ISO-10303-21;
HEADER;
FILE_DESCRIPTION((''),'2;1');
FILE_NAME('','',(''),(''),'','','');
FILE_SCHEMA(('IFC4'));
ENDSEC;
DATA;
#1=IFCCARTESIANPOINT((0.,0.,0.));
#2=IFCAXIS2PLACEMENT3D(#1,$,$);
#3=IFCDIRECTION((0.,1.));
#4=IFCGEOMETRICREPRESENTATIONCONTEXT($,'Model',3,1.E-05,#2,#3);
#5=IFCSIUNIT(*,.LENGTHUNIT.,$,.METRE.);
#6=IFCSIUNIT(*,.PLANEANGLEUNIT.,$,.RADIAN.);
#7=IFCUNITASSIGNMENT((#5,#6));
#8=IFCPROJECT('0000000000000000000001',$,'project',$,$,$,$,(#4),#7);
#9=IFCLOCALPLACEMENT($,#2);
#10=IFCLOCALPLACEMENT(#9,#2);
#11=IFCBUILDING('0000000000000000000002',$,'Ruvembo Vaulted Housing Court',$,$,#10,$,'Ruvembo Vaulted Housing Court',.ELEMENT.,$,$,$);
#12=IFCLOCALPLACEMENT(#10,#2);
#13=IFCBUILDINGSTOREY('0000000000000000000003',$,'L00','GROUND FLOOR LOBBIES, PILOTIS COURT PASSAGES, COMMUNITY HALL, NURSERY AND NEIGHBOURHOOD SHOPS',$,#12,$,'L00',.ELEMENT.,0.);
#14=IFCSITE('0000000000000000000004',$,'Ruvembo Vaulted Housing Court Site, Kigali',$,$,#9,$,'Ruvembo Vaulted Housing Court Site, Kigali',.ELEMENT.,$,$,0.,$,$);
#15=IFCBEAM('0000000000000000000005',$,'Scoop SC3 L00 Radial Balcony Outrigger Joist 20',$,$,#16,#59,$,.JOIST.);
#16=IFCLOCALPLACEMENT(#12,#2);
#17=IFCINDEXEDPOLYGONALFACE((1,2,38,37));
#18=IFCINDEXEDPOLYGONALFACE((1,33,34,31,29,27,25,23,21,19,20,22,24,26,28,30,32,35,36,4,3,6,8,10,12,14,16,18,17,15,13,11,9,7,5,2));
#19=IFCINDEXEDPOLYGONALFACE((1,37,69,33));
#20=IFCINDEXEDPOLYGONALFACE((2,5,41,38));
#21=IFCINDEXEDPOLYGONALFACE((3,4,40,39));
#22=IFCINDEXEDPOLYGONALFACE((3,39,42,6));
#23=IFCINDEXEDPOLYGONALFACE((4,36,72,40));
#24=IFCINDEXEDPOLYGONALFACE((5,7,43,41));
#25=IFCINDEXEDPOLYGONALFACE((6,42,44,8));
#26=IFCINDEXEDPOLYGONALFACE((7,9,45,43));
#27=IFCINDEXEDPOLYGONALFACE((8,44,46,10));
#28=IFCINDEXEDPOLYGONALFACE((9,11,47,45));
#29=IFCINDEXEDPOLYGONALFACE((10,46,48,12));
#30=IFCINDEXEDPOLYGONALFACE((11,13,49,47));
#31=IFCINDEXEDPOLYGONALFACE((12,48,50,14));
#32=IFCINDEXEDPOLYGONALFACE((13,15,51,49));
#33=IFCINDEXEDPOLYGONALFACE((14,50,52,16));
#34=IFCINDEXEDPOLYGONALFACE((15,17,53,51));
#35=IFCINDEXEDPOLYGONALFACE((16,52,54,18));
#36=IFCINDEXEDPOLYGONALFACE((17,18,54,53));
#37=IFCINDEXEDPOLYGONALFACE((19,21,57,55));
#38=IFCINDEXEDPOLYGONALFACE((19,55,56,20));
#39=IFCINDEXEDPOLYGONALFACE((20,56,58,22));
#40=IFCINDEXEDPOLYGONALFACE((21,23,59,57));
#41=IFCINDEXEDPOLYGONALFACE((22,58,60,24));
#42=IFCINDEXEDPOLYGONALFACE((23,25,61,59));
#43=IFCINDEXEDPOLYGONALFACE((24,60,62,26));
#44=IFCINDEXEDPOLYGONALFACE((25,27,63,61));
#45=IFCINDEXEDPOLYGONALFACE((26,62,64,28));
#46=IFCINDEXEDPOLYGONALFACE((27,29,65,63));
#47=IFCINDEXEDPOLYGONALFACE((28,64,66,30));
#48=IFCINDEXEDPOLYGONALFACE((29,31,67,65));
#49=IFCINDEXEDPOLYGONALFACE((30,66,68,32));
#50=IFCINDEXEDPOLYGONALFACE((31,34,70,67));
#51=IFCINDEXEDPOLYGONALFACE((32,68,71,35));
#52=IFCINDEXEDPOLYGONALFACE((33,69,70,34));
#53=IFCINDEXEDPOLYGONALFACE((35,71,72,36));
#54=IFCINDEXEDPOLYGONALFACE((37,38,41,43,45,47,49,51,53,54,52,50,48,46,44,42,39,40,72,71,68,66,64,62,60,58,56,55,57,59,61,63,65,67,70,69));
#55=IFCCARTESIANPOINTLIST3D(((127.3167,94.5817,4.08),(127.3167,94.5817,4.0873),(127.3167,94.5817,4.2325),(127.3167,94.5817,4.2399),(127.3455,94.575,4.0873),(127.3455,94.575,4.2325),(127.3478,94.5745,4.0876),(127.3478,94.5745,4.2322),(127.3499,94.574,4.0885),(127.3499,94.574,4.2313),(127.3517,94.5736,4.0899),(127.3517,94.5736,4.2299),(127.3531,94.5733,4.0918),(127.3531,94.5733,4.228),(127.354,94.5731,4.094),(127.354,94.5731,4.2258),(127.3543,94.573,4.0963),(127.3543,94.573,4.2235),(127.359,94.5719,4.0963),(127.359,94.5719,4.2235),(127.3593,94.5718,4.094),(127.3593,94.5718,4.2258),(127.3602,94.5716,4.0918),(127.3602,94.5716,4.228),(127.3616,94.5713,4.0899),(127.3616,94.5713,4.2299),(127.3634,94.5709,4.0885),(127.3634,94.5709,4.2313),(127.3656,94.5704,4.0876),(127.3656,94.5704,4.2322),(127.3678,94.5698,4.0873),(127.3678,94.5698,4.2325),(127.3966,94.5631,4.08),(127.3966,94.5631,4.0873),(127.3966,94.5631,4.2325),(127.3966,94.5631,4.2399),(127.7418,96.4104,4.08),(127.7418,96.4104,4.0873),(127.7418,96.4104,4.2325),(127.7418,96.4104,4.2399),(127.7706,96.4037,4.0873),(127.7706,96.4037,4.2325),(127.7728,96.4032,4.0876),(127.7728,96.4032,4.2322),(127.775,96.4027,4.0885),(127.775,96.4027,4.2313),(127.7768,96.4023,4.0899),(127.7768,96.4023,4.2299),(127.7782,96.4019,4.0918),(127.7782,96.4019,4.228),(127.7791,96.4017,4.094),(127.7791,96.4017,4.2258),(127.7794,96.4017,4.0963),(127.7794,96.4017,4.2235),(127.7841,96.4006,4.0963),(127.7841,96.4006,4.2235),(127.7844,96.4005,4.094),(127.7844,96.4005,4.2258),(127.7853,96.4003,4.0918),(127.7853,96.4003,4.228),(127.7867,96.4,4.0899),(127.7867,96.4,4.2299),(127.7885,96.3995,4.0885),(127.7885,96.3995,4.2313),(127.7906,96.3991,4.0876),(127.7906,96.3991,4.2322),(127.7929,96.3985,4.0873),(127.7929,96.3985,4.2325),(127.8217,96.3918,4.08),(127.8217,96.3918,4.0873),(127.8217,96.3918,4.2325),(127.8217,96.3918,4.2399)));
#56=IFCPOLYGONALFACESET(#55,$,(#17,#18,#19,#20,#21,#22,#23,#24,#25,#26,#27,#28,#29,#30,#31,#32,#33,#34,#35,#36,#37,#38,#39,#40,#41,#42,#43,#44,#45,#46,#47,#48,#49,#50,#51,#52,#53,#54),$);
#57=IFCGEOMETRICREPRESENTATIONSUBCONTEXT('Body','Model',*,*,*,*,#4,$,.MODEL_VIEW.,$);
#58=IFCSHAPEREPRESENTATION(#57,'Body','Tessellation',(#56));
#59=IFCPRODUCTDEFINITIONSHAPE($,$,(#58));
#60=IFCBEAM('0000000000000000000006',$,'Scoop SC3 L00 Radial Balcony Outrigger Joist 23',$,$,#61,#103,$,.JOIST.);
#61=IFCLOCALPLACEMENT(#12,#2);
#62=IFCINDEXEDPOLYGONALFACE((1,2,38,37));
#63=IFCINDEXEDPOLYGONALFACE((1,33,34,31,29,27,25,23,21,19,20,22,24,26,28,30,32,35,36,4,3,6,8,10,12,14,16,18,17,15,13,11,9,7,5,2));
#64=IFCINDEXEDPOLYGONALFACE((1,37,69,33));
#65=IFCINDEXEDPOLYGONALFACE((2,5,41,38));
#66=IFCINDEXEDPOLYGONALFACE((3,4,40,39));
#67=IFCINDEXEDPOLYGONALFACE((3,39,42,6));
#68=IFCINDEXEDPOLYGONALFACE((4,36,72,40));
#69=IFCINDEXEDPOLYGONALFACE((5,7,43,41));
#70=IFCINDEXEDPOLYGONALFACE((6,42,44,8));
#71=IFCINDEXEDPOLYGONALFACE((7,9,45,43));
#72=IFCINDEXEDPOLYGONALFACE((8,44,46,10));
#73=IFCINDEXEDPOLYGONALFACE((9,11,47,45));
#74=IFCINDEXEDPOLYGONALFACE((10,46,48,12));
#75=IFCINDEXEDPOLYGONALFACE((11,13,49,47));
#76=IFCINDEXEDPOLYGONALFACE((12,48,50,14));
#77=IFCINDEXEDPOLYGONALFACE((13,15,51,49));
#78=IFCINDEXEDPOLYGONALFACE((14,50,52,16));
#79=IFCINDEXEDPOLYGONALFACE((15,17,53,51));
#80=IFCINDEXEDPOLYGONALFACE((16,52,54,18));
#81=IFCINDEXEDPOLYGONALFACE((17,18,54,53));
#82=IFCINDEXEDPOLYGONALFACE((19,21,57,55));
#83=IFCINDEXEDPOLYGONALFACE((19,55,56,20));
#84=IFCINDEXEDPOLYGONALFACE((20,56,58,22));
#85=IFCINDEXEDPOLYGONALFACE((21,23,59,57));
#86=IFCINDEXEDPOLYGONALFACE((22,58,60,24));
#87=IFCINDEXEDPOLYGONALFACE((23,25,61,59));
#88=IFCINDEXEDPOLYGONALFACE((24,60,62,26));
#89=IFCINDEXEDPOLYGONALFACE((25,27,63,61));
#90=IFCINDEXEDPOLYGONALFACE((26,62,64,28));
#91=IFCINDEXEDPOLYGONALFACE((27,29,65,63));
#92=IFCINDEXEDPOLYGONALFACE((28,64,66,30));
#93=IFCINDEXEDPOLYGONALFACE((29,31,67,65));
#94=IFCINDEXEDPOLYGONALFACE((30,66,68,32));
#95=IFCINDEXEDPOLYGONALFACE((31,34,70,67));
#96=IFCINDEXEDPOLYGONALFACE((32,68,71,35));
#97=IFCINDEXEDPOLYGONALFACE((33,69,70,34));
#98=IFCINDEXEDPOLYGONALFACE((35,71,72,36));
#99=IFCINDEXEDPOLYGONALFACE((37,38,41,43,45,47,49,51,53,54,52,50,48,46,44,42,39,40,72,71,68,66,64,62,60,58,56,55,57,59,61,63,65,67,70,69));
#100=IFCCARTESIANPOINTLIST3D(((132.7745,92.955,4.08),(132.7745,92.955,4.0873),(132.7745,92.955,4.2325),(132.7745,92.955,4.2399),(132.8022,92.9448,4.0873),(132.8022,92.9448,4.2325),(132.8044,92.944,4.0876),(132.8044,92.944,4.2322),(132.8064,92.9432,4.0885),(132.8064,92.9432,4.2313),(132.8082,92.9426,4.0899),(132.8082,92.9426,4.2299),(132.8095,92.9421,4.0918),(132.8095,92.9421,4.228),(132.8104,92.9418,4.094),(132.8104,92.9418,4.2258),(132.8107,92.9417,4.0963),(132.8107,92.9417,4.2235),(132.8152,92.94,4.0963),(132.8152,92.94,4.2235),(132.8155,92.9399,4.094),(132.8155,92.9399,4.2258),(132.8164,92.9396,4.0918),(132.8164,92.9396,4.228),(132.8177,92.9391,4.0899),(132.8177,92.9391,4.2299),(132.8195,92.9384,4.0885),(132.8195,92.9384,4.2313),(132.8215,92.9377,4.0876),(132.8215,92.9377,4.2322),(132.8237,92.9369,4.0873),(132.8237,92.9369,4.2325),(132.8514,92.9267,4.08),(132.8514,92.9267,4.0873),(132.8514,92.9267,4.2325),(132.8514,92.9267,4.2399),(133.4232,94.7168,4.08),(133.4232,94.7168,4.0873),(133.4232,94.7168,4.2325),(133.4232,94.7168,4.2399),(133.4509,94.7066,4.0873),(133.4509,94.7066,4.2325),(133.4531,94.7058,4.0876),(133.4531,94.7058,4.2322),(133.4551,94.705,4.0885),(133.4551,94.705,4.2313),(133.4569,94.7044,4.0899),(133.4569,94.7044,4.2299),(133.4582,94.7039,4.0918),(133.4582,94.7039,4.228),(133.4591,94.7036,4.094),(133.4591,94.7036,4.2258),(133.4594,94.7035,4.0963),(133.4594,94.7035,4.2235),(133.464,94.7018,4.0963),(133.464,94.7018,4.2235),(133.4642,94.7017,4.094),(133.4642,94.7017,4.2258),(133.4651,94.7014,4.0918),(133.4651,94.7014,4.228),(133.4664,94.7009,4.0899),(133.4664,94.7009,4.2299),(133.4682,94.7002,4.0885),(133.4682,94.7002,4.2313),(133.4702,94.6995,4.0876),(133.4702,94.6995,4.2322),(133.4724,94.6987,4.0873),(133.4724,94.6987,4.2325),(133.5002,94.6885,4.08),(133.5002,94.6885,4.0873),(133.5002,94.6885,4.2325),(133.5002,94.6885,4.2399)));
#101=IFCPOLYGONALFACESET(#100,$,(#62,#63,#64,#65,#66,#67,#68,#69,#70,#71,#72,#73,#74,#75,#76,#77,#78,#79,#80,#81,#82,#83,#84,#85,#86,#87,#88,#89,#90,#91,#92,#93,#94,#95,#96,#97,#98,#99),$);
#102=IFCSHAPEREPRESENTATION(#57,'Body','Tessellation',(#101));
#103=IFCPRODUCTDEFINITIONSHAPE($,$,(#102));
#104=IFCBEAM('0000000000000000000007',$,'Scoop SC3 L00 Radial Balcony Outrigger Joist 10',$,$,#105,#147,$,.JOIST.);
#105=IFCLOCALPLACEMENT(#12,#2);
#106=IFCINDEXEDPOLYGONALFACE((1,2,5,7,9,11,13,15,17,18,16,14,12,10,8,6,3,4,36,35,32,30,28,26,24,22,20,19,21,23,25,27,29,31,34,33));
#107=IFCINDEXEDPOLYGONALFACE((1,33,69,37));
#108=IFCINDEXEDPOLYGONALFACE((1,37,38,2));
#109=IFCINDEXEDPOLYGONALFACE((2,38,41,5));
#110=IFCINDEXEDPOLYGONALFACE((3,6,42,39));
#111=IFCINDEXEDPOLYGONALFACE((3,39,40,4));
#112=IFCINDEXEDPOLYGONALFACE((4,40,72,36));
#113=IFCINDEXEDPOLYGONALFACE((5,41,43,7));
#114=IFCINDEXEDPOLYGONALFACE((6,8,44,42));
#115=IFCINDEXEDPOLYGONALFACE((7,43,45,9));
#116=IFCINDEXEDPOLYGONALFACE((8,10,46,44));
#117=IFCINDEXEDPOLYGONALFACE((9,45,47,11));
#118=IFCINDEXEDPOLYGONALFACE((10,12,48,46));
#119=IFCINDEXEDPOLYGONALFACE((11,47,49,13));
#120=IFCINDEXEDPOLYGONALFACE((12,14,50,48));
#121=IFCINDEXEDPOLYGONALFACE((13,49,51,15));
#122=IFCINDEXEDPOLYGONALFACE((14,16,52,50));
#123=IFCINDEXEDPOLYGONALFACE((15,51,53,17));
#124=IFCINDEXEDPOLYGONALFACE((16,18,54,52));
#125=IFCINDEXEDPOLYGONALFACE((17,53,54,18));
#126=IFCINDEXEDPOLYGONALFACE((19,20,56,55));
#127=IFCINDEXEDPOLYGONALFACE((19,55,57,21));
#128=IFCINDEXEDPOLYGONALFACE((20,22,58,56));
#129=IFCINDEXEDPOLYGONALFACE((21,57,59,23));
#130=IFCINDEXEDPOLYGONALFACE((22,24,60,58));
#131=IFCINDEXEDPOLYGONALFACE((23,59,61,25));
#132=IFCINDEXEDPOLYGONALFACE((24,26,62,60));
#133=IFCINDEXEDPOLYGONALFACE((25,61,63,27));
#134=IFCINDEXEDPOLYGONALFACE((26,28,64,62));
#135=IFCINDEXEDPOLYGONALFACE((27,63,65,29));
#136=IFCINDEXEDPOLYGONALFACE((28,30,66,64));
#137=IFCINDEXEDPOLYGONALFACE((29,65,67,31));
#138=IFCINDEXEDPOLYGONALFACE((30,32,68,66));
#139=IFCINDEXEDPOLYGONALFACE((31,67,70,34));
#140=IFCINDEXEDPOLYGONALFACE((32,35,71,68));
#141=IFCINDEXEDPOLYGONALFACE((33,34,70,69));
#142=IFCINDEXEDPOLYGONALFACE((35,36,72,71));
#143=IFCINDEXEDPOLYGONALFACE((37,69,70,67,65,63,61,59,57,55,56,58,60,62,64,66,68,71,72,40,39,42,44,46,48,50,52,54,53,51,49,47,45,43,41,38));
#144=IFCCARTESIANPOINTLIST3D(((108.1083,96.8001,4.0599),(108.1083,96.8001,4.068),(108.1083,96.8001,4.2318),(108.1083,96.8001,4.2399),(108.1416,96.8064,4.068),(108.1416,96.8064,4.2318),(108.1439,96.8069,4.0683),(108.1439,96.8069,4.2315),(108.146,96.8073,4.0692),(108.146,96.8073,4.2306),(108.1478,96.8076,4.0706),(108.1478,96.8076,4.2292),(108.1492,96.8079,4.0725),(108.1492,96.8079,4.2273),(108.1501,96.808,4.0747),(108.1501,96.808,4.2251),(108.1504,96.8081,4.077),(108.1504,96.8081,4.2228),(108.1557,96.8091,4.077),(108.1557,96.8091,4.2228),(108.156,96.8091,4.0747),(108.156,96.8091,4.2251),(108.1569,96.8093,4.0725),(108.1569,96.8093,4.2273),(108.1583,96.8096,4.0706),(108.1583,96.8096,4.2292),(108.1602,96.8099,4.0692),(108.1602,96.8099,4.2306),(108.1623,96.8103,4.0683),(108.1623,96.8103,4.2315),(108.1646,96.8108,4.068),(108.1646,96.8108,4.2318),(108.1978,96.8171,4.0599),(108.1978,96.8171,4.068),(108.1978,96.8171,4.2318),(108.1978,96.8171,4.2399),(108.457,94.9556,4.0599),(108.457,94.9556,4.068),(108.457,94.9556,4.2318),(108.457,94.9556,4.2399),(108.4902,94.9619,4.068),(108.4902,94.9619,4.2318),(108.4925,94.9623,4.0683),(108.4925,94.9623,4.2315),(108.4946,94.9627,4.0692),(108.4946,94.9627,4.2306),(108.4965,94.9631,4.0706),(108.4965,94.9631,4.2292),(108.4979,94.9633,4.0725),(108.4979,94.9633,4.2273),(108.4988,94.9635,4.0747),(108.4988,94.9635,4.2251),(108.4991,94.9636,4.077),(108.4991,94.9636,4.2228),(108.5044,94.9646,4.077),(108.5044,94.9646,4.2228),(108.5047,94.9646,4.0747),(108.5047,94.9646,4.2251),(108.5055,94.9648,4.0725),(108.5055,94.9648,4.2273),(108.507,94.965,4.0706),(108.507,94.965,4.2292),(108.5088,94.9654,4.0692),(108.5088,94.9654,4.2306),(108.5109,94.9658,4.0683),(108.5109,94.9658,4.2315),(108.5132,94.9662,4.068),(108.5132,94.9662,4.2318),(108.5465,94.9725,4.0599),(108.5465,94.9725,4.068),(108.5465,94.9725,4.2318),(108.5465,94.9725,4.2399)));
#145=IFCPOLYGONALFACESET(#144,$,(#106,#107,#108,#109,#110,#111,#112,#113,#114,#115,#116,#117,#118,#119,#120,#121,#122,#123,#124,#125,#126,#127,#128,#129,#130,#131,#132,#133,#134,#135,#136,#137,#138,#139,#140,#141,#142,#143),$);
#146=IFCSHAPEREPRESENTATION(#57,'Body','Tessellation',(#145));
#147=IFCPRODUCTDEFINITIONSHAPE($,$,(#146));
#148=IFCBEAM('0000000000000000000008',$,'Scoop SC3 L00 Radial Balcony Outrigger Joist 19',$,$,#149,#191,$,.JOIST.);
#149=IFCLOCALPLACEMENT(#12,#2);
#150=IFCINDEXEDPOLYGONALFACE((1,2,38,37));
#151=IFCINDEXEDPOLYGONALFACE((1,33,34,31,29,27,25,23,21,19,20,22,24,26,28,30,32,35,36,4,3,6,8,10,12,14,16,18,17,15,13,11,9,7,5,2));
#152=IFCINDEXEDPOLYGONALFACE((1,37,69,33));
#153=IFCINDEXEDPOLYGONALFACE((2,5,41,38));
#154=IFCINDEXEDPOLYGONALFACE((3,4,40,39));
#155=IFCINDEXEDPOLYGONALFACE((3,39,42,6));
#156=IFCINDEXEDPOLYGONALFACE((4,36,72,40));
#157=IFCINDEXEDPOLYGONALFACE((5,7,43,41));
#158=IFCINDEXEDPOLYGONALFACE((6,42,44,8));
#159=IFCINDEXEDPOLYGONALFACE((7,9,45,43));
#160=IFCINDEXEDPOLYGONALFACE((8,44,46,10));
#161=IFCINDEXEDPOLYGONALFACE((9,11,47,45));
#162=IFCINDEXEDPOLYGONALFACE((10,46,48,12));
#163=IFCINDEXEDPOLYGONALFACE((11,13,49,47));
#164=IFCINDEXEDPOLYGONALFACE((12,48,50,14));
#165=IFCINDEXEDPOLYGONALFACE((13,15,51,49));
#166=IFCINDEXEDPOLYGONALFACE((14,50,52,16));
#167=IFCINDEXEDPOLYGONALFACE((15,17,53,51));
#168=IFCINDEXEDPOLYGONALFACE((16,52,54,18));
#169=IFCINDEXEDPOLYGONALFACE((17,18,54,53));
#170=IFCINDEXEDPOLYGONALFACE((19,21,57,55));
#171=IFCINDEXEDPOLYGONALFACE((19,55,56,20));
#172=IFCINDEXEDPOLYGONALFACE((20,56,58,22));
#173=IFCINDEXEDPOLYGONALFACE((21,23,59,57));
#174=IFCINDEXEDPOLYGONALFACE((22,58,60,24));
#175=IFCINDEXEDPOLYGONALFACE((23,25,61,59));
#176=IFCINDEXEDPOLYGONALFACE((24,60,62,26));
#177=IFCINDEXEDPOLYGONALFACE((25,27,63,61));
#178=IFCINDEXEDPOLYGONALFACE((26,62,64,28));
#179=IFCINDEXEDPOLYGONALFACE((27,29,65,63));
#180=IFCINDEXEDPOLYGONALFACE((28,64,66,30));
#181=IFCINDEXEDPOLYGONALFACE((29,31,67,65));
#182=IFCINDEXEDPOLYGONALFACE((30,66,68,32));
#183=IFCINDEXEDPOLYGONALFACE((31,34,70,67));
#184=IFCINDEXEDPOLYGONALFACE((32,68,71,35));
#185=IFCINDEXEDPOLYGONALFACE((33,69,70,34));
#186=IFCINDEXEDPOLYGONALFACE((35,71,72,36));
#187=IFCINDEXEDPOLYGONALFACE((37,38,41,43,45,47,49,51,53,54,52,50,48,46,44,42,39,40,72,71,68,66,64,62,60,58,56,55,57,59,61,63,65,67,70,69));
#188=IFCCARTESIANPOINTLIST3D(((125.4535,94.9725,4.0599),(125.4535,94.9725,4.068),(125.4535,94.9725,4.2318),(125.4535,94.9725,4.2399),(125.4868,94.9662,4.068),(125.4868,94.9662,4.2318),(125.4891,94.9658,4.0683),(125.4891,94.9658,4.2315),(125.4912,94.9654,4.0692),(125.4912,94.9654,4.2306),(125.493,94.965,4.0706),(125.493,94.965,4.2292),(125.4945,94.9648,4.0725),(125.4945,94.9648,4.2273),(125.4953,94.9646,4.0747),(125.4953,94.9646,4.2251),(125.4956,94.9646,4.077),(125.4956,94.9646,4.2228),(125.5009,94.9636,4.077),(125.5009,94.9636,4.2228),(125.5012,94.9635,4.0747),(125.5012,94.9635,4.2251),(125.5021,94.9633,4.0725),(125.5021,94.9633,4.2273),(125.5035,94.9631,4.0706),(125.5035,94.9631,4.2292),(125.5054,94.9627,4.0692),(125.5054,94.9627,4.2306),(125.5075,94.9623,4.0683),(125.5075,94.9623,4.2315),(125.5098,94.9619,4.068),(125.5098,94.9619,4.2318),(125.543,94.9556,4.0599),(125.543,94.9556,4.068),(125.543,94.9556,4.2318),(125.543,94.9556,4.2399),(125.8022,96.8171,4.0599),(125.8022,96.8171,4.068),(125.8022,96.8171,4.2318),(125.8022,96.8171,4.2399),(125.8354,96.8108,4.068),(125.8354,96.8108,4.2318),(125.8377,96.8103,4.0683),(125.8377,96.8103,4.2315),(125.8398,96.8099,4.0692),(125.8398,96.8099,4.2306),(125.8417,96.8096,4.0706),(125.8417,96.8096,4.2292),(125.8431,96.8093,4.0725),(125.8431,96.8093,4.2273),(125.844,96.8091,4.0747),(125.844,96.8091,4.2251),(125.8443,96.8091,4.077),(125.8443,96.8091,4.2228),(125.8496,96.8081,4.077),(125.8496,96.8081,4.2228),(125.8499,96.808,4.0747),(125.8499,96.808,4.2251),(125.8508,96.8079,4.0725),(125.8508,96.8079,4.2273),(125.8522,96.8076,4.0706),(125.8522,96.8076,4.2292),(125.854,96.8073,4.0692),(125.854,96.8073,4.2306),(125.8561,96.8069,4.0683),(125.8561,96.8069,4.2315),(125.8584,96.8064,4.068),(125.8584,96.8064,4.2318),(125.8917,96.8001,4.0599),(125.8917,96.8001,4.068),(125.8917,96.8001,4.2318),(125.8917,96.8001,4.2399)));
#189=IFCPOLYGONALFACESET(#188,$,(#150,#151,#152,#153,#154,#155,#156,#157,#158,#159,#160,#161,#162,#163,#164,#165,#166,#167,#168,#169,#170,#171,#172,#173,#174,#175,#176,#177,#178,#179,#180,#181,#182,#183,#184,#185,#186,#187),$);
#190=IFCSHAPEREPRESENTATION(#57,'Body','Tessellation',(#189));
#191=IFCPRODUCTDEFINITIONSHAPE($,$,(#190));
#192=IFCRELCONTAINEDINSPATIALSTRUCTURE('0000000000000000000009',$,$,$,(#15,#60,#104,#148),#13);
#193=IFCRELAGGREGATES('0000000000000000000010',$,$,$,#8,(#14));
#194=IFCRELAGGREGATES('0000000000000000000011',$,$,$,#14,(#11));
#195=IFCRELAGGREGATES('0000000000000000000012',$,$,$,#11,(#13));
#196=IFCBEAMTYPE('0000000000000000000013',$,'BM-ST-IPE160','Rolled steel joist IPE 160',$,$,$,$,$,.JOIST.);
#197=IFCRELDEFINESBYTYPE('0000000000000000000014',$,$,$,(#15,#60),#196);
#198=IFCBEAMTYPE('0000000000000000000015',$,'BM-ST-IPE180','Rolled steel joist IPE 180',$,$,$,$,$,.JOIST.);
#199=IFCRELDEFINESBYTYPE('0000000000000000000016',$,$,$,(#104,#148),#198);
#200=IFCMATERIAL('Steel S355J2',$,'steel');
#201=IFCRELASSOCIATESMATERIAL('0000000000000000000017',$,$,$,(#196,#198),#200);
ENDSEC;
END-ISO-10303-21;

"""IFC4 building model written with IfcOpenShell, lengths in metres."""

from ifc_helpers import new_model, si_unit, direction, frame, origin, origin_2d, place, context, subcontext, project, spatial, i_section, extrude, material, material_profile, profile_set, type_object, element, save


model = new_model("IFC4")

# Units and contexts
model_context = context("Model", 3, precision=1e-05, world=origin(), true_north=direction((0.0, 1.0)))
body_context = subcontext(model_context, "Body", "Model", "MODEL_VIEW")
ifc_project = project(units=[si_unit("LENGTHUNIT", "METRE"), si_unit("PLANEANGLEUNIT", "RADIAN")], contexts=[model_context])

# Site, building, storey
site_placement = place(None, origin())
site = spatial("IfcSite", under=ifc_project, at=site_placement, Name="Ruvembo Vaulted Housing Court Site, Kigali", LongName="Ruvembo Vaulted Housing Court Site, Kigali", CompositionType="ELEMENT", RefElevation=0.0)
building_placement = place(site_placement, origin())
building = spatial("IfcBuilding", under=site, at=building_placement, Name="Ruvembo Vaulted Housing Court", LongName="Ruvembo Vaulted Housing Court", CompositionType="ELEMENT")
storey_placement = place(building_placement, origin())
storey = spatial("IfcBuildingStorey", under=building, at=storey_placement, Name="L00", Description="GROUND FLOOR LOBBIES, PILOTIS COURT PASSAGES, COMMUNITY HALL, NURSERY AND NEIGHBOURHOOD SHOPS", LongName="L00", CompositionType="ELEMENT", Elevation=0.0)

# Beams
ifc_material_1 = material(Name="Steel S355J2", Category="steel")
ifc_material_profile_1 = material_profile(ifc_material_1, i_section(OverallWidth=0.082, OverallDepth=0.1599, WebThickness=0.0049, FlangeThickness=0.0073, FilletRadius=0.009, at=origin_2d()), Name="IPE 160")
ifc_profile_set_1 = profile_set([ifc_material_profile_1], Name="Steel S355J2")
beam_type_1 = type_object("IfcBeamType", Name="BM-ST-IPE160", Description="Rolled steel joist IPE 160", PredefinedType="JOIST", material=ifc_profile_set_1)
for number, where, z_axis, x_axis, name in (
    (1, (127.7817, 96.4011, 4.1599), (-0.226407, -0.974033, 0.0), (0.974033, -0.226407, 0.0), "Scoop SC3 L00 Radial Balcony Outrigger Joist 20"),
    (2, (133.4617, 94.7026, 4.1599), (-0.345531, -0.938407, 0.0), (0.938407, -0.345531, 0.0), "Scoop SC3 L00 Radial Balcony Outrigger Joist 23"),
):
    element("IfcBeam", number, at=place(storey_placement, frame(where, z_axis=z_axis, x_axis=x_axis)), inside=storey, type_object=beam_type_1, Name=name, PredefinedType="JOIST", context=body_context, shape_type="SweptSolid", body=[
        extrude(i_section(OverallWidth=0.082, OverallDepth=0.1599, WebThickness=0.0049, FlangeThickness=0.0073, FilletRadius=0.009, at=origin_2d()), origin(), (0.0, 0.0, 1.0), 1.8774),
    ])
ifc_material_profile_2 = material_profile(ifc_material_1, i_section(OverallWidth=0.0911, OverallDepth=0.1799, WebThickness=0.0054, FlangeThickness=0.0081, FilletRadius=0.009, at=origin_2d()), Name="IPE 180")
ifc_profile_set_2 = profile_set([ifc_material_profile_2], Name="Steel S355J2")
beam_type_2 = type_object("IfcBeamType", Name="BM-ST-IPE180", Description="Rolled steel joist IPE 180", PredefinedType="JOIST", material=ifc_profile_set_2)
for number, where, z_axis, x_axis, name in (
    (3, (108.1531, 96.8086, 4.1499), (0.185725, -0.982602, 0.0), (0.982602, 0.185725, 0.0), "Scoop SC3 L00 Radial Balcony Outrigger Joist 10"),
    (4, (125.8469, 96.8086, 4.1499), (-0.185725, -0.982602, 0.0), (0.982602, -0.185725, 0.0), "Scoop SC3 L00 Radial Balcony Outrigger Joist 19"),
):
    element("IfcBeam", number, at=place(storey_placement, frame(where, z_axis=z_axis, x_axis=x_axis)), inside=storey, type_object=beam_type_2, Name=name, PredefinedType="JOIST", context=body_context, shape_type="SweptSolid", body=[
        extrude(i_section(OverallWidth=0.0911, OverallDepth=0.1799, WebThickness=0.0054, FlangeThickness=0.0081, FilletRadius=0.009, at=origin_2d()), origin(), (0.0, 0.0, 1.0), 1.8772),
    ])

save(model, "model.ifc")
